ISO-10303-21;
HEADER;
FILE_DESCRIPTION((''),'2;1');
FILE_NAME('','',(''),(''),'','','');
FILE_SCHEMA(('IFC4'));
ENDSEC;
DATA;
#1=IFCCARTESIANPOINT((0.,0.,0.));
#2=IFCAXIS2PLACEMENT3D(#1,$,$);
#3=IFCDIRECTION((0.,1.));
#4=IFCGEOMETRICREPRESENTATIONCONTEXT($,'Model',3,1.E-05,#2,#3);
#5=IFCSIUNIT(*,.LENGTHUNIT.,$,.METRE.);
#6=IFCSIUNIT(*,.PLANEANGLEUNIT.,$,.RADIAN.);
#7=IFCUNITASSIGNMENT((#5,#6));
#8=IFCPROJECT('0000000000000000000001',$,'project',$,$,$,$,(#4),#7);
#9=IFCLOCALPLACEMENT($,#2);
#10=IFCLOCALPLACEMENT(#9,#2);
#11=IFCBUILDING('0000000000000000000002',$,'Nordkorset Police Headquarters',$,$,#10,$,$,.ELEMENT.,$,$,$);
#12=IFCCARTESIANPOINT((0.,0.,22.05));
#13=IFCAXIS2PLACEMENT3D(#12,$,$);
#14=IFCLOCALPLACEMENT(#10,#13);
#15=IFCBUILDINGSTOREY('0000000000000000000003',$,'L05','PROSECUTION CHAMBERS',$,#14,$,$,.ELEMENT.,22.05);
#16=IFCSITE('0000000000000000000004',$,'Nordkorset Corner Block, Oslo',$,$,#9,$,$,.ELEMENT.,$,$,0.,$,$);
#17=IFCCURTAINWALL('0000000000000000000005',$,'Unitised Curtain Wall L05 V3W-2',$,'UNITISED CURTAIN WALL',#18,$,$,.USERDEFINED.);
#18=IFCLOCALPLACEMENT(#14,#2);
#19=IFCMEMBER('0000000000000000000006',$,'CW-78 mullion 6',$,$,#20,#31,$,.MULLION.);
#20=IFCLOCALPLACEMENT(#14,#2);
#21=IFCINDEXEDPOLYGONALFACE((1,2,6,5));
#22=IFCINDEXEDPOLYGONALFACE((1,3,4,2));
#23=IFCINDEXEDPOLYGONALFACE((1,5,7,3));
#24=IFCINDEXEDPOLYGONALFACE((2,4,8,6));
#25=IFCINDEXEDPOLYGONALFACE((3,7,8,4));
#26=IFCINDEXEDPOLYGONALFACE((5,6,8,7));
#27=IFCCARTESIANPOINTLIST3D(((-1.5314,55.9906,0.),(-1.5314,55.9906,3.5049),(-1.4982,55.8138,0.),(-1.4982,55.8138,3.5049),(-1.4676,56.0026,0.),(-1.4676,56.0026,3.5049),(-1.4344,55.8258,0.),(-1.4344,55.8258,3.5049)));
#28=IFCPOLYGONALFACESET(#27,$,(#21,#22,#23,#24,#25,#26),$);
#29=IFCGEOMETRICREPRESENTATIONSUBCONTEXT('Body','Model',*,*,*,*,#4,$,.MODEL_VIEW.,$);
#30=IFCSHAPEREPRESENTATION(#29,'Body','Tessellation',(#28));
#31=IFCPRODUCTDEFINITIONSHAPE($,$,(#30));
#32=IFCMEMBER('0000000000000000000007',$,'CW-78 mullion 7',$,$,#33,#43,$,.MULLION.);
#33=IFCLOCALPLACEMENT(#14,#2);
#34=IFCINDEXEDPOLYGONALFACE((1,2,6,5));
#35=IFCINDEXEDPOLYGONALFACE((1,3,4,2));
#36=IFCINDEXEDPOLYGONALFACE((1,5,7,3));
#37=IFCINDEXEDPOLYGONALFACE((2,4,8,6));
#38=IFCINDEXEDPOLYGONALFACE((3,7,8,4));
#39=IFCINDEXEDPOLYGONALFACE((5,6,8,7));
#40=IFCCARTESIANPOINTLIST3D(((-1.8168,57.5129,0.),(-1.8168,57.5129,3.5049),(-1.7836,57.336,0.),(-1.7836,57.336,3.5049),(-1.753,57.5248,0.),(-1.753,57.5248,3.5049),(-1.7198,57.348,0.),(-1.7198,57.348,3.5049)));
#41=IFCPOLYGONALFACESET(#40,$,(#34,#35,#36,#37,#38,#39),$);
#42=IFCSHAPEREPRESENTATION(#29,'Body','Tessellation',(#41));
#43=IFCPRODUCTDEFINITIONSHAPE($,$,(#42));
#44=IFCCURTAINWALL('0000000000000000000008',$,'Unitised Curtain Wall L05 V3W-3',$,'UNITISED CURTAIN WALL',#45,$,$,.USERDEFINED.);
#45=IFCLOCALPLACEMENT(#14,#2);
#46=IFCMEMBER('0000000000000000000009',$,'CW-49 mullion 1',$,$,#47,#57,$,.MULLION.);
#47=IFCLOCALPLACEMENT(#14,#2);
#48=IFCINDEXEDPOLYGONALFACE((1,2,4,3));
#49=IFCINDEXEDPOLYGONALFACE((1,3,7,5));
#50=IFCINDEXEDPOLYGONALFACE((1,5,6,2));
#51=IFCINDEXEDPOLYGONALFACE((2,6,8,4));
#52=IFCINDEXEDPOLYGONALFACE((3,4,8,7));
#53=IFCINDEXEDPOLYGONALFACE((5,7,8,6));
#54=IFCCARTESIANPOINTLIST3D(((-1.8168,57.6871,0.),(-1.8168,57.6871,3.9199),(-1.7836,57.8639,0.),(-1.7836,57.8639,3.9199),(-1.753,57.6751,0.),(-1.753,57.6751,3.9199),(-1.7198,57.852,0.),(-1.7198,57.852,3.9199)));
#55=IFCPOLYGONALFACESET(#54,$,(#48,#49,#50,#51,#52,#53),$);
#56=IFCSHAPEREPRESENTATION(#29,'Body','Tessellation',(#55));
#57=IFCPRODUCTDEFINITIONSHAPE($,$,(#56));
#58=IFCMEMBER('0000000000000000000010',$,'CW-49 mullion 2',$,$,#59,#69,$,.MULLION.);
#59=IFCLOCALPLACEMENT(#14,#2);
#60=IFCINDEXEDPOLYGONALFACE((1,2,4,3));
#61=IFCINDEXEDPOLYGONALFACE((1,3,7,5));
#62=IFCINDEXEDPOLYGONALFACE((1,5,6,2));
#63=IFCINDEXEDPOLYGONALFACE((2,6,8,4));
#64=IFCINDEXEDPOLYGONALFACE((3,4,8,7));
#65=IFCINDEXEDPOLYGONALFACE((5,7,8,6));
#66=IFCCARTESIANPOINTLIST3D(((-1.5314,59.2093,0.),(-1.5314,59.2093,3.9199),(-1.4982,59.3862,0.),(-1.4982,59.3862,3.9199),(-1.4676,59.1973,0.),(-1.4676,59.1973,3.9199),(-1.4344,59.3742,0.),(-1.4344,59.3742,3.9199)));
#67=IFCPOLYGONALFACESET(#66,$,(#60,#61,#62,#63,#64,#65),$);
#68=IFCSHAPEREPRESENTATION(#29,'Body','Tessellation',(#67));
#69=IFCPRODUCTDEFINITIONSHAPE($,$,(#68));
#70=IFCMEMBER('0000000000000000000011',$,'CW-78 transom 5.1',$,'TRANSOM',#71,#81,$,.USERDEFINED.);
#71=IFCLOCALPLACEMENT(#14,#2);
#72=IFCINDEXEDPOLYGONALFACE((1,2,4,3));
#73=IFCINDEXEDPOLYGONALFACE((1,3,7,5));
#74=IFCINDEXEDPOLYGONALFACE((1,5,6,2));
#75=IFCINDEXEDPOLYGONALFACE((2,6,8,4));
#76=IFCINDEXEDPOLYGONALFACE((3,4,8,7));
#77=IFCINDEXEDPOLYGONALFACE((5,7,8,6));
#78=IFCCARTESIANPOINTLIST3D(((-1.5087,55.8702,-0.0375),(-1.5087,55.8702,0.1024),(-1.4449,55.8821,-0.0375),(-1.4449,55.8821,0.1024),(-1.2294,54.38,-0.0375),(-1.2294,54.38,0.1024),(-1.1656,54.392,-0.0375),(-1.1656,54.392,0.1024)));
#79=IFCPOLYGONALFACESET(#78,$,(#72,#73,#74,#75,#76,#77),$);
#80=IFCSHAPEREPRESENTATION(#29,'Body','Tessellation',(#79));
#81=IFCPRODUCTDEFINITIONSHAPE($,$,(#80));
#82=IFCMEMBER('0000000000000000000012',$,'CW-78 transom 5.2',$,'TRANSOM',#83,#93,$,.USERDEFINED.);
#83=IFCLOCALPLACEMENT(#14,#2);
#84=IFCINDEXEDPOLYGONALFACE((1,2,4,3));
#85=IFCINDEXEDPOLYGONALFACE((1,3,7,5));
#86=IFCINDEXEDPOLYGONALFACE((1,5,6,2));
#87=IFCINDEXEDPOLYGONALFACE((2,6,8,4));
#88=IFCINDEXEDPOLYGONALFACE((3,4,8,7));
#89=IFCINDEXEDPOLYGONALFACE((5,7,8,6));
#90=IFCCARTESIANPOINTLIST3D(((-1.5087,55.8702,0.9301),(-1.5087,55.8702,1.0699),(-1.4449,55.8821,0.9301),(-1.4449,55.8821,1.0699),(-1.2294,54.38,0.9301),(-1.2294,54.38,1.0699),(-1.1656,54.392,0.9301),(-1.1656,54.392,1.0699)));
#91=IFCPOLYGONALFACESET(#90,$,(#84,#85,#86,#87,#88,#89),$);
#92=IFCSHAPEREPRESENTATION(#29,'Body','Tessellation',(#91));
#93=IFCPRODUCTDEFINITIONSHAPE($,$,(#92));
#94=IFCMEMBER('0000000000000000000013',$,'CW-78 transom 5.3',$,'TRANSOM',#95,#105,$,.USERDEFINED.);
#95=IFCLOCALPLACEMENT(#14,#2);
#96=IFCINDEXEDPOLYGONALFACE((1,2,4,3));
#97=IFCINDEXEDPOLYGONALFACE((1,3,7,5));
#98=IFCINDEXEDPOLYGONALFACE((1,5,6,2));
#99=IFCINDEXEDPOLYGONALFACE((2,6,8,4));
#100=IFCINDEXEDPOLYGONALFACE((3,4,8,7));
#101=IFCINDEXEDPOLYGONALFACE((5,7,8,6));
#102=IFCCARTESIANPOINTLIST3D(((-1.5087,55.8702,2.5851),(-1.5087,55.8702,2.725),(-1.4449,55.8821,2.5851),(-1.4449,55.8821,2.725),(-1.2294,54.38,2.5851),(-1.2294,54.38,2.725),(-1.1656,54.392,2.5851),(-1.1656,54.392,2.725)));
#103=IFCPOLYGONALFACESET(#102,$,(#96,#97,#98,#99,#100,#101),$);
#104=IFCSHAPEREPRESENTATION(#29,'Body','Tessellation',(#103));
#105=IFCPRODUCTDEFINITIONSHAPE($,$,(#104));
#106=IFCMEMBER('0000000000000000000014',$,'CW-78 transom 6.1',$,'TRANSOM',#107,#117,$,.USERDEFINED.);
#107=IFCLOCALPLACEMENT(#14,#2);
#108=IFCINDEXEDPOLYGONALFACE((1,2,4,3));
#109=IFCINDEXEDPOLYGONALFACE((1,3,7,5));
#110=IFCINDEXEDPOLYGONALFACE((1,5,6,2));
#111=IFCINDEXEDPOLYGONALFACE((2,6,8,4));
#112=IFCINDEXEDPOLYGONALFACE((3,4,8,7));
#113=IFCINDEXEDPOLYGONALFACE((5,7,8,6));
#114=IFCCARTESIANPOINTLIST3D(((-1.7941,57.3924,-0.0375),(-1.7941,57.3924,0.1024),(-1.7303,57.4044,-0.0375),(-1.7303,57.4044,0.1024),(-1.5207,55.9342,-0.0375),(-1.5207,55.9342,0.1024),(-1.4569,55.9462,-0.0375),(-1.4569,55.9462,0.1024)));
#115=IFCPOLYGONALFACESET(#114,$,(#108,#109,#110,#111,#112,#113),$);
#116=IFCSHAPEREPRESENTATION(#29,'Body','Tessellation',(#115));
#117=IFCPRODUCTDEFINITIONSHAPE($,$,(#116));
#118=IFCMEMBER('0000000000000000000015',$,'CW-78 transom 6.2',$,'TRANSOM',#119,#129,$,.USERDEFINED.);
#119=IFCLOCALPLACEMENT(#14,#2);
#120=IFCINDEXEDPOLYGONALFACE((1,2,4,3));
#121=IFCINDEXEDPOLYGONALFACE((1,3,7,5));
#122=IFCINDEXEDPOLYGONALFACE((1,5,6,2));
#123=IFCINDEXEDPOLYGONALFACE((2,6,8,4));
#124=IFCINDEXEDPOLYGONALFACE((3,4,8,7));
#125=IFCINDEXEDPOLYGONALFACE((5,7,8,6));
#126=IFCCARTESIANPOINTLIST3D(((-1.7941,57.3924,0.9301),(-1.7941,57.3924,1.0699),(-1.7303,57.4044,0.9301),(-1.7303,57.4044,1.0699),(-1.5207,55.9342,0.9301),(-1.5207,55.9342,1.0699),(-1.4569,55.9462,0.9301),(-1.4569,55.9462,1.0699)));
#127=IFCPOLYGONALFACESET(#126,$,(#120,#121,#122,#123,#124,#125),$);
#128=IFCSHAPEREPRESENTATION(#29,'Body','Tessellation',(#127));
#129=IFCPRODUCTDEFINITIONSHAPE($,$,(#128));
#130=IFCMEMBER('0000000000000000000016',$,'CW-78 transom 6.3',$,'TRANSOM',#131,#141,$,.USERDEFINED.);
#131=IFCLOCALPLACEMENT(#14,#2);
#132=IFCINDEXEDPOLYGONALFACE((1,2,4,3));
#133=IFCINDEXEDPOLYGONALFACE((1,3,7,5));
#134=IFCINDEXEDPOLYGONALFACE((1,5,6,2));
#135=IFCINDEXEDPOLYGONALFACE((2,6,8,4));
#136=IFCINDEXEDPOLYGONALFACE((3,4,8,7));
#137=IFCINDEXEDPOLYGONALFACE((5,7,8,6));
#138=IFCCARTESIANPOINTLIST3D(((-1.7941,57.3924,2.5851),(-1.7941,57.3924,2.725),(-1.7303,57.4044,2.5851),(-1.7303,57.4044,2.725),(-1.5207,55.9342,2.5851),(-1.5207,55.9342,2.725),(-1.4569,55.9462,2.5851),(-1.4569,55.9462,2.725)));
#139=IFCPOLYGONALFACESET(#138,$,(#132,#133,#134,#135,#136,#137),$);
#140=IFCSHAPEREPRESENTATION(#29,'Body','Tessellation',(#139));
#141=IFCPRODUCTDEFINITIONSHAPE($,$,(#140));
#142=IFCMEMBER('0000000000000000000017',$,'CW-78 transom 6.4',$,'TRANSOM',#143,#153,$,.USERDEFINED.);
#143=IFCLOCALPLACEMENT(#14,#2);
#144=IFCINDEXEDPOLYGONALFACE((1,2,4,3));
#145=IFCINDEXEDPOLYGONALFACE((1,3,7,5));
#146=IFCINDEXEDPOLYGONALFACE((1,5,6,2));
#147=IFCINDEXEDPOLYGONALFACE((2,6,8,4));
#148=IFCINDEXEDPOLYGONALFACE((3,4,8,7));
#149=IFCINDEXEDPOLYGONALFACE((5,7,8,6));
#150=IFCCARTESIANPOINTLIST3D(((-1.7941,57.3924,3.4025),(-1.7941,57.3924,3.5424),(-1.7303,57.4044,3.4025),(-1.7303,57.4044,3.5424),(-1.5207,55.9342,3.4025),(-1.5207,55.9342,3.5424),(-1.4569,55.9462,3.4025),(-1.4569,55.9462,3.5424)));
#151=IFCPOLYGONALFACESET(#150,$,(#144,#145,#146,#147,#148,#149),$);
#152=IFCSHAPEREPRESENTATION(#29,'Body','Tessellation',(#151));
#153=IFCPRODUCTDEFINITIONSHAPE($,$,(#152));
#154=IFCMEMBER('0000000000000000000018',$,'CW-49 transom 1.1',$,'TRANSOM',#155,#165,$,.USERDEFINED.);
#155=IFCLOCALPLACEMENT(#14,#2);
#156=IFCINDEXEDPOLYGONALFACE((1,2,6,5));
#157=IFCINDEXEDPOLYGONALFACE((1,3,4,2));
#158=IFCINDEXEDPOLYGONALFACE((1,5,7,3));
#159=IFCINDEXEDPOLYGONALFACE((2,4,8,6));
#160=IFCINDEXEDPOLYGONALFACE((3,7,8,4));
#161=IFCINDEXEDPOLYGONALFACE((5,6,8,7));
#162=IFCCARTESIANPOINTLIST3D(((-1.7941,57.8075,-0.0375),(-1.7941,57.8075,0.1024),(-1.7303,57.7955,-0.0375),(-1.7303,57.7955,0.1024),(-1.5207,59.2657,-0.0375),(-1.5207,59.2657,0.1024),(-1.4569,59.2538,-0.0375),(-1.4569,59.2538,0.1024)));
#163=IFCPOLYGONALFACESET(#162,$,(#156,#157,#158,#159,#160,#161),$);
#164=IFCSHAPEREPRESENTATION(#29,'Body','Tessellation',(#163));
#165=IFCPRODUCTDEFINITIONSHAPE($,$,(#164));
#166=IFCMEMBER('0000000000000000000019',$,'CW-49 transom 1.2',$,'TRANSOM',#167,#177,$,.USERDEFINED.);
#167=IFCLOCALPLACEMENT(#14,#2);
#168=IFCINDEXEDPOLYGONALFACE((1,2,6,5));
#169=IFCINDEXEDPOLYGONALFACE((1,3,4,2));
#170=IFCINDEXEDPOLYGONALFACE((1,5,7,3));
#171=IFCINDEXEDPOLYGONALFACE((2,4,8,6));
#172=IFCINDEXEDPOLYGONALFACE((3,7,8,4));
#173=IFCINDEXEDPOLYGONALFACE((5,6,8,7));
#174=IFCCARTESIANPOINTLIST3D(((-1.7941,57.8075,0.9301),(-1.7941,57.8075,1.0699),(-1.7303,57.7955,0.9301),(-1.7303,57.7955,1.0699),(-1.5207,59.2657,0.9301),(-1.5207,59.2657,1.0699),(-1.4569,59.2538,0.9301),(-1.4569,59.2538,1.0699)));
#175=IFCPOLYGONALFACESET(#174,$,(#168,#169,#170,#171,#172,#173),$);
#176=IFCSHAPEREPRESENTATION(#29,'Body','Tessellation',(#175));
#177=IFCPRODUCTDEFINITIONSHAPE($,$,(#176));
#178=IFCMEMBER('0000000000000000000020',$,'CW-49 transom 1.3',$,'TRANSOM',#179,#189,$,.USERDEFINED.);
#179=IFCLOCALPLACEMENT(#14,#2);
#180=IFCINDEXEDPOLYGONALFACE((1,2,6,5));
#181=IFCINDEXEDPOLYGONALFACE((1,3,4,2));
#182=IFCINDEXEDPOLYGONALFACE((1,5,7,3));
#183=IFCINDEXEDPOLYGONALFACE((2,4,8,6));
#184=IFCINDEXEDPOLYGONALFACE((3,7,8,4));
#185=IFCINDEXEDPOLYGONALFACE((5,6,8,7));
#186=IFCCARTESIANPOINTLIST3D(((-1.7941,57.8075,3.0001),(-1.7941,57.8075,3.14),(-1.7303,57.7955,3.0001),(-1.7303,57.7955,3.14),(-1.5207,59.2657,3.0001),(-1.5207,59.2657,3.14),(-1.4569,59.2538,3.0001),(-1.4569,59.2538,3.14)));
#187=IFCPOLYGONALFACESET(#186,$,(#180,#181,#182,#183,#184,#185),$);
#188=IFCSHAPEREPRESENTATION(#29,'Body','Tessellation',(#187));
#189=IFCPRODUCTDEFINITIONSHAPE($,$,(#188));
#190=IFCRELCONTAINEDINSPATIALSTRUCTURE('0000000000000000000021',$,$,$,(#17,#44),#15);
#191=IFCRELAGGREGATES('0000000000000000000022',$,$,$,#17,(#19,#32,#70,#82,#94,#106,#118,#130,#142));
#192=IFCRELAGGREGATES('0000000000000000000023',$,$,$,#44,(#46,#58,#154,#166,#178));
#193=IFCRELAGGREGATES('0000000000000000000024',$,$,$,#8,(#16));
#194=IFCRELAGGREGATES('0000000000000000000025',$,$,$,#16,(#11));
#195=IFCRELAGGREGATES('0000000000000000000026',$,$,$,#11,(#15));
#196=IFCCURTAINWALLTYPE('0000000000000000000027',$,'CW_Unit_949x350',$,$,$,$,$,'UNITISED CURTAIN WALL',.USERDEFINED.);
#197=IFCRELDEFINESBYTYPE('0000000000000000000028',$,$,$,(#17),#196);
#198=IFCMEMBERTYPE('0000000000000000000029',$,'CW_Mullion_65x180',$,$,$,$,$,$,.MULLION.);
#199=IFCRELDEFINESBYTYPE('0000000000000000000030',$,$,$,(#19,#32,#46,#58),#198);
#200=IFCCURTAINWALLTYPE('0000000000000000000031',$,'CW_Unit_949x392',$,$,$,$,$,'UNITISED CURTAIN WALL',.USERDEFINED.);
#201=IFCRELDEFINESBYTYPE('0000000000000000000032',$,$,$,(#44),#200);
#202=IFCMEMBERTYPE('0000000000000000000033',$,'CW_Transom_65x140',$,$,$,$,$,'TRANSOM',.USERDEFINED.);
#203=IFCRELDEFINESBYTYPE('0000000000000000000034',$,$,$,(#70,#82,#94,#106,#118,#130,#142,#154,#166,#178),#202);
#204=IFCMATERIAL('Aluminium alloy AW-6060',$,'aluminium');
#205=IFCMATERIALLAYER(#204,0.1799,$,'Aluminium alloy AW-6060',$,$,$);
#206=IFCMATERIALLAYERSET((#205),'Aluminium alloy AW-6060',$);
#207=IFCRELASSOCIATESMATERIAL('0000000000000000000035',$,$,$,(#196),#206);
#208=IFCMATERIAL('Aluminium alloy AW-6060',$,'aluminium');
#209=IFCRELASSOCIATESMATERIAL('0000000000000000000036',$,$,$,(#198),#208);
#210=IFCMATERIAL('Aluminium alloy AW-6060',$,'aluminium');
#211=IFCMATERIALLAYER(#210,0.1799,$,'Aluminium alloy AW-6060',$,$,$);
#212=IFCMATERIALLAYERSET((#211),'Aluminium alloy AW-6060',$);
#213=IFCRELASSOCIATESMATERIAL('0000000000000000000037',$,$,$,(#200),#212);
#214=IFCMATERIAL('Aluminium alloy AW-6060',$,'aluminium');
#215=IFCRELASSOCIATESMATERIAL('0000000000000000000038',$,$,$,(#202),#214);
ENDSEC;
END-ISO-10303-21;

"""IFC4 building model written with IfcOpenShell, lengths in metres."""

from ifc_helpers import new_model, si_unit, direction, frame, origin, origin_2d, place, context, subcontext, project, spatial, rectangle, extrude, material, layer, layer_set, material_profile, profile_set, type_object, element, aggregate, save


model = new_model("IFC4")

# Units and contexts
model_context = context("Model", 3, precision=1e-05, world=origin(), true_north=direction((0.0, 1.0)))
body_context = subcontext(model_context, "Body", "Model", "MODEL_VIEW")
ifc_project = project(units=[si_unit("LENGTHUNIT", "METRE"), si_unit("PLANEANGLEUNIT", "RADIAN")], contexts=[model_context])

# Site, building, storey
site_placement = place(None, origin())
site = spatial("IfcSite", under=ifc_project, at=site_placement, Name="Nordkorset Corner Block, Oslo", CompositionType="ELEMENT", RefElevation=0.0)
building_placement = place(site_placement, origin())
building = spatial("IfcBuilding", under=site, at=building_placement, Name="Nordkorset Police Headquarters", CompositionType="ELEMENT")
storey_placement = place(building_placement, frame((0.0, 0.0, 22.05)))
storey = spatial("IfcBuildingStorey", under=building, at=storey_placement, Name="L05", Description="PROSECUTION CHAMBERS", CompositionType="ELEMENT", Elevation=22.05)

# Curtain walls, members
ifc_material_1 = material(Name="Aluminium alloy AW-6060", Category="aluminium")
ifc_layer_1 = layer(ifc_material_1, 0.1799, Name="Aluminium alloy AW-6060")
ifc_layer_set_1 = layer_set([ifc_layer_1], Name="Aluminium alloy AW-6060")
curtain_wall_type_1 = type_object("IfcCurtainWallType", Name="CW_Unit_949x350", ElementType="UNITISED CURTAIN WALL", PredefinedType="USERDEFINED", material=ifc_layer_set_1)
curtain_wall_1_placement = place(storey_placement, origin())
curtain_wall_1 = element("IfcCurtainWall", 1, at=curtain_wall_1_placement, inside=storey, type_object=curtain_wall_type_1, Name="Unitised Curtain Wall L05 V3W-2", ObjectType="UNITISED CURTAIN WALL", PredefinedType="USERDEFINED")
ifc_material_2 = material(Name="Aluminium alloy AW-6060", Category="aluminium")
ifc_material_profile_1 = material_profile(ifc_material_2, rectangle(XDim=0.0649, YDim=0.1799, at=origin_2d()), Name="ALU MULL 65x180")
ifc_profile_set_1 = profile_set([ifc_material_profile_1], Name="Aluminium alloy AW-6060")
member_type_1 = type_object("IfcMemberType", Name="CW_Mullion_65x180", PredefinedType="MULLION", material=ifc_profile_set_1)
member_1_placement = place(storey_placement, frame((-1.4829, 55.9082, 0.0), z_axis=(0.0, 0.0, 1.0), x_axis=(-0.982872, -0.184289, 0.0)))
member_1 = element("IfcMember", 2, at=member_1_placement, type_object=member_type_1, Name="CW-78 mullion 6", PredefinedType="MULLION", context=body_context, shape_type="SweptSolid", body=[
    extrude(rectangle(XDim=0.0649, YDim=0.1799, at=origin_2d()), origin(), (0.0, 0.0, 1.0), 3.5049),
])
member_2_placement = place(storey_placement, frame((-1.7683, 57.4304, 0.0), z_axis=(0.0, 0.0, 1.0), x_axis=(-0.982872, -0.184289, 0.0)))
member_2 = element("IfcMember", 3, at=member_2_placement, type_object=member_type_1, Name="CW-78 mullion 7", PredefinedType="MULLION", context=body_context, shape_type="SweptSolid", body=[
    extrude(rectangle(XDim=0.0649, YDim=0.1799, at=origin_2d()), origin(), (0.0, 0.0, 1.0), 3.5049),
])
ifc_material_3 = material(Name="Aluminium alloy AW-6060", Category="aluminium")
ifc_layer_2 = layer(ifc_material_3, 0.1799, Name="Aluminium alloy AW-6060")
ifc_layer_set_2 = layer_set([ifc_layer_2], Name="Aluminium alloy AW-6060")
curtain_wall_type_2 = type_object("IfcCurtainWallType", Name="CW_Unit_949x392", ElementType="UNITISED CURTAIN WALL", PredefinedType="USERDEFINED", material=ifc_layer_set_2)
curtain_wall_2_placement = place(storey_placement, origin())
curtain_wall_2 = element("IfcCurtainWall", 4, at=curtain_wall_2_placement, inside=storey, type_object=curtain_wall_type_2, Name="Unitised Curtain Wall L05 V3W-3", ObjectType="UNITISED CURTAIN WALL", PredefinedType="USERDEFINED")
member_3_placement = place(storey_placement, frame((-1.7683, 57.7695, 0.0), z_axis=(0.0, 0.0, 1.0), x_axis=(-0.982872, 0.184289, 0.0)))
member_3 = element("IfcMember", 5, at=member_3_placement, type_object=member_type_1, Name="CW-49 mullion 1", PredefinedType="MULLION", context=body_context, shape_type="SweptSolid", body=[
    extrude(rectangle(XDim=0.0649, YDim=0.1799, at=origin_2d()), origin(), (0.0, 0.0, 1.0), 3.9199),
])
member_4_placement = place(storey_placement, frame((-1.4829, 59.2917, 0.0), z_axis=(0.0, 0.0, 1.0), x_axis=(-0.982872, 0.184289, 0.0)))
member_4 = element("IfcMember", 6, at=member_4_placement, type_object=member_type_1, Name="CW-49 mullion 2", PredefinedType="MULLION", context=body_context, shape_type="SweptSolid", body=[
    extrude(rectangle(XDim=0.0649, YDim=0.1799, at=origin_2d()), origin(), (0.0, 0.0, 1.0), 3.9199),
])

# Members
ifc_material_4 = material(Name="Aluminium alloy AW-6060", Category="aluminium")
ifc_material_profile_2 = material_profile(ifc_material_4, rectangle(XDim=0.0649, YDim=0.1399, at=origin_2d()), Name="ALU TRAN 65x140")
ifc_profile_set_2 = profile_set([ifc_material_profile_2], Name="Aluminium alloy AW-6060")
member_type_2 = type_object("IfcMemberType", Name="CW_Transom_65x140", ElementType="TRANSOM", PredefinedType="USERDEFINED", material=ifc_profile_set_2)
member_5_placement = place(storey_placement, frame((-1.1975, 54.386, 0.0325), z_axis=(-0.184211, 0.982887, 0.0), x_axis=(-0.982887, -0.184211, 0.0)))
member_5 = element("IfcMember", 7, at=member_5_placement, type_object=member_type_2, Name="CW-78 transom 5.1", ObjectType="TRANSOM", PredefinedType="USERDEFINED", context=body_context, shape_type="SweptSolid", body=[
    extrude(rectangle(XDim=0.0649, YDim=0.1399, at=origin_2d()), origin(), (0.0, 0.0, 1.0), 1.5161),
])
member_6_placement = place(storey_placement, frame((-1.1975, 54.386, 1.0), z_axis=(-0.184211, 0.982887, 0.0), x_axis=(-0.982887, -0.184211, 0.0)))
member_6 = element("IfcMember", 8, at=member_6_placement, type_object=member_type_2, Name="CW-78 transom 5.2", ObjectType="TRANSOM", PredefinedType="USERDEFINED", context=body_context, shape_type="SweptSolid", body=[
    extrude(rectangle(XDim=0.0649, YDim=0.1399, at=origin_2d()), origin(), (0.0, 0.0, 1.0), 1.5161),
])
member_7_placement = place(storey_placement, frame((-1.1975, 54.386, 2.655), z_axis=(-0.184211, 0.982887, 0.0), x_axis=(-0.982887, -0.184211, 0.0)))
member_7 = element("IfcMember", 9, at=member_7_placement, type_object=member_type_2, Name="CW-78 transom 5.3", ObjectType="TRANSOM", PredefinedType="USERDEFINED", context=body_context, shape_type="SweptSolid", body=[
    extrude(rectangle(XDim=0.0649, YDim=0.1399, at=origin_2d()), origin(), (0.0, 0.0, 1.0), 1.5161),
])
member_8_placement = place(storey_placement, frame((-1.4888, 55.9402, 0.0325), z_axis=(-0.184298, 0.98287, 0.0), x_axis=(-0.98287, -0.184298, 0.0)))
member_8 = element("IfcMember", 10, at=member_8_placement, type_object=member_type_2, Name="CW-78 transom 6.1", ObjectType="TRANSOM", PredefinedType="USERDEFINED", context=body_context, shape_type="SweptSolid", body=[
    extrude(rectangle(XDim=0.0649, YDim=0.1399, at=origin_2d()), origin(), (0.0, 0.0, 1.0), 1.4836),
])
member_9_placement = place(storey_placement, frame((-1.4888, 55.9402, 1.0), z_axis=(-0.184298, 0.98287, 0.0), x_axis=(-0.98287, -0.184298, 0.0)))
member_9 = element("IfcMember", 11, at=member_9_placement, type_object=member_type_2, Name="CW-78 transom 6.2", ObjectType="TRANSOM", PredefinedType="USERDEFINED", context=body_context, shape_type="SweptSolid", body=[
    extrude(rectangle(XDim=0.0649, YDim=0.1399, at=origin_2d()), origin(), (0.0, 0.0, 1.0), 1.4836),
])
member_10_placement = place(storey_placement, frame((-1.4888, 55.9402, 2.655), z_axis=(-0.184298, 0.98287, 0.0), x_axis=(-0.98287, -0.184298, 0.0)))
member_10 = element("IfcMember", 12, at=member_10_placement, type_object=member_type_2, Name="CW-78 transom 6.3", ObjectType="TRANSOM", PredefinedType="USERDEFINED", context=body_context, shape_type="SweptSolid", body=[
    extrude(rectangle(XDim=0.0649, YDim=0.1399, at=origin_2d()), origin(), (0.0, 0.0, 1.0), 1.4836),
])
member_11_placement = place(storey_placement, frame((-1.4888, 55.9402, 3.4724), z_axis=(-0.184298, 0.98287, 0.0), x_axis=(-0.98287, -0.184298, 0.0)))
member_11 = element("IfcMember", 13, at=member_11_placement, type_object=member_type_2, Name="CW-78 transom 6.4", ObjectType="TRANSOM", PredefinedType="USERDEFINED", context=body_context, shape_type="SweptSolid", body=[
    extrude(rectangle(XDim=0.0649, YDim=0.1399, at=origin_2d()), origin(), (0.0, 0.0, 1.0), 1.4836),
])
member_12_placement = place(storey_placement, frame((-1.7622, 57.8015, 0.0325), z_axis=(0.184298, 0.98287, 0.0), x_axis=(-0.98287, 0.184298, 0.0)))
member_12 = element("IfcMember", 14, at=member_12_placement, type_object=member_type_2, Name="CW-49 transom 1.1", ObjectType="TRANSOM", PredefinedType="USERDEFINED", context=body_context, shape_type="SweptSolid", body=[
    extrude(rectangle(XDim=0.0649, YDim=0.1399, at=origin_2d()), origin(), (0.0, 0.0, 1.0), 1.4836),
])
member_13_placement = place(storey_placement, frame((-1.7622, 57.8015, 1.0), z_axis=(0.184298, 0.98287, 0.0), x_axis=(-0.98287, 0.184298, 0.0)))
member_13 = element("IfcMember", 15, at=member_13_placement, type_object=member_type_2, Name="CW-49 transom 1.2", ObjectType="TRANSOM", PredefinedType="USERDEFINED", context=body_context, shape_type="SweptSolid", body=[
    extrude(rectangle(XDim=0.0649, YDim=0.1399, at=origin_2d()), origin(), (0.0, 0.0, 1.0), 1.4836),
])
member_14_placement = place(storey_placement, frame((-1.7622, 57.8015, 3.0701), z_axis=(0.184298, 0.98287, 0.0), x_axis=(-0.98287, 0.184298, 0.0)))
member_14 = element("IfcMember", 16, at=member_14_placement, type_object=member_type_2, Name="CW-49 transom 1.3", ObjectType="TRANSOM", PredefinedType="USERDEFINED", context=body_context, shape_type="SweptSolid", body=[
    extrude(rectangle(XDim=0.0649, YDim=0.1399, at=origin_2d()), origin(), (0.0, 0.0, 1.0), 1.4836),
])

aggregate(curtain_wall_1, [member_1, member_2, member_5, member_6, member_7, member_8, member_9, member_10, member_11])
aggregate(curtain_wall_2, [member_3, member_4, member_12, member_13, member_14])

save(model, "model.ifc")
